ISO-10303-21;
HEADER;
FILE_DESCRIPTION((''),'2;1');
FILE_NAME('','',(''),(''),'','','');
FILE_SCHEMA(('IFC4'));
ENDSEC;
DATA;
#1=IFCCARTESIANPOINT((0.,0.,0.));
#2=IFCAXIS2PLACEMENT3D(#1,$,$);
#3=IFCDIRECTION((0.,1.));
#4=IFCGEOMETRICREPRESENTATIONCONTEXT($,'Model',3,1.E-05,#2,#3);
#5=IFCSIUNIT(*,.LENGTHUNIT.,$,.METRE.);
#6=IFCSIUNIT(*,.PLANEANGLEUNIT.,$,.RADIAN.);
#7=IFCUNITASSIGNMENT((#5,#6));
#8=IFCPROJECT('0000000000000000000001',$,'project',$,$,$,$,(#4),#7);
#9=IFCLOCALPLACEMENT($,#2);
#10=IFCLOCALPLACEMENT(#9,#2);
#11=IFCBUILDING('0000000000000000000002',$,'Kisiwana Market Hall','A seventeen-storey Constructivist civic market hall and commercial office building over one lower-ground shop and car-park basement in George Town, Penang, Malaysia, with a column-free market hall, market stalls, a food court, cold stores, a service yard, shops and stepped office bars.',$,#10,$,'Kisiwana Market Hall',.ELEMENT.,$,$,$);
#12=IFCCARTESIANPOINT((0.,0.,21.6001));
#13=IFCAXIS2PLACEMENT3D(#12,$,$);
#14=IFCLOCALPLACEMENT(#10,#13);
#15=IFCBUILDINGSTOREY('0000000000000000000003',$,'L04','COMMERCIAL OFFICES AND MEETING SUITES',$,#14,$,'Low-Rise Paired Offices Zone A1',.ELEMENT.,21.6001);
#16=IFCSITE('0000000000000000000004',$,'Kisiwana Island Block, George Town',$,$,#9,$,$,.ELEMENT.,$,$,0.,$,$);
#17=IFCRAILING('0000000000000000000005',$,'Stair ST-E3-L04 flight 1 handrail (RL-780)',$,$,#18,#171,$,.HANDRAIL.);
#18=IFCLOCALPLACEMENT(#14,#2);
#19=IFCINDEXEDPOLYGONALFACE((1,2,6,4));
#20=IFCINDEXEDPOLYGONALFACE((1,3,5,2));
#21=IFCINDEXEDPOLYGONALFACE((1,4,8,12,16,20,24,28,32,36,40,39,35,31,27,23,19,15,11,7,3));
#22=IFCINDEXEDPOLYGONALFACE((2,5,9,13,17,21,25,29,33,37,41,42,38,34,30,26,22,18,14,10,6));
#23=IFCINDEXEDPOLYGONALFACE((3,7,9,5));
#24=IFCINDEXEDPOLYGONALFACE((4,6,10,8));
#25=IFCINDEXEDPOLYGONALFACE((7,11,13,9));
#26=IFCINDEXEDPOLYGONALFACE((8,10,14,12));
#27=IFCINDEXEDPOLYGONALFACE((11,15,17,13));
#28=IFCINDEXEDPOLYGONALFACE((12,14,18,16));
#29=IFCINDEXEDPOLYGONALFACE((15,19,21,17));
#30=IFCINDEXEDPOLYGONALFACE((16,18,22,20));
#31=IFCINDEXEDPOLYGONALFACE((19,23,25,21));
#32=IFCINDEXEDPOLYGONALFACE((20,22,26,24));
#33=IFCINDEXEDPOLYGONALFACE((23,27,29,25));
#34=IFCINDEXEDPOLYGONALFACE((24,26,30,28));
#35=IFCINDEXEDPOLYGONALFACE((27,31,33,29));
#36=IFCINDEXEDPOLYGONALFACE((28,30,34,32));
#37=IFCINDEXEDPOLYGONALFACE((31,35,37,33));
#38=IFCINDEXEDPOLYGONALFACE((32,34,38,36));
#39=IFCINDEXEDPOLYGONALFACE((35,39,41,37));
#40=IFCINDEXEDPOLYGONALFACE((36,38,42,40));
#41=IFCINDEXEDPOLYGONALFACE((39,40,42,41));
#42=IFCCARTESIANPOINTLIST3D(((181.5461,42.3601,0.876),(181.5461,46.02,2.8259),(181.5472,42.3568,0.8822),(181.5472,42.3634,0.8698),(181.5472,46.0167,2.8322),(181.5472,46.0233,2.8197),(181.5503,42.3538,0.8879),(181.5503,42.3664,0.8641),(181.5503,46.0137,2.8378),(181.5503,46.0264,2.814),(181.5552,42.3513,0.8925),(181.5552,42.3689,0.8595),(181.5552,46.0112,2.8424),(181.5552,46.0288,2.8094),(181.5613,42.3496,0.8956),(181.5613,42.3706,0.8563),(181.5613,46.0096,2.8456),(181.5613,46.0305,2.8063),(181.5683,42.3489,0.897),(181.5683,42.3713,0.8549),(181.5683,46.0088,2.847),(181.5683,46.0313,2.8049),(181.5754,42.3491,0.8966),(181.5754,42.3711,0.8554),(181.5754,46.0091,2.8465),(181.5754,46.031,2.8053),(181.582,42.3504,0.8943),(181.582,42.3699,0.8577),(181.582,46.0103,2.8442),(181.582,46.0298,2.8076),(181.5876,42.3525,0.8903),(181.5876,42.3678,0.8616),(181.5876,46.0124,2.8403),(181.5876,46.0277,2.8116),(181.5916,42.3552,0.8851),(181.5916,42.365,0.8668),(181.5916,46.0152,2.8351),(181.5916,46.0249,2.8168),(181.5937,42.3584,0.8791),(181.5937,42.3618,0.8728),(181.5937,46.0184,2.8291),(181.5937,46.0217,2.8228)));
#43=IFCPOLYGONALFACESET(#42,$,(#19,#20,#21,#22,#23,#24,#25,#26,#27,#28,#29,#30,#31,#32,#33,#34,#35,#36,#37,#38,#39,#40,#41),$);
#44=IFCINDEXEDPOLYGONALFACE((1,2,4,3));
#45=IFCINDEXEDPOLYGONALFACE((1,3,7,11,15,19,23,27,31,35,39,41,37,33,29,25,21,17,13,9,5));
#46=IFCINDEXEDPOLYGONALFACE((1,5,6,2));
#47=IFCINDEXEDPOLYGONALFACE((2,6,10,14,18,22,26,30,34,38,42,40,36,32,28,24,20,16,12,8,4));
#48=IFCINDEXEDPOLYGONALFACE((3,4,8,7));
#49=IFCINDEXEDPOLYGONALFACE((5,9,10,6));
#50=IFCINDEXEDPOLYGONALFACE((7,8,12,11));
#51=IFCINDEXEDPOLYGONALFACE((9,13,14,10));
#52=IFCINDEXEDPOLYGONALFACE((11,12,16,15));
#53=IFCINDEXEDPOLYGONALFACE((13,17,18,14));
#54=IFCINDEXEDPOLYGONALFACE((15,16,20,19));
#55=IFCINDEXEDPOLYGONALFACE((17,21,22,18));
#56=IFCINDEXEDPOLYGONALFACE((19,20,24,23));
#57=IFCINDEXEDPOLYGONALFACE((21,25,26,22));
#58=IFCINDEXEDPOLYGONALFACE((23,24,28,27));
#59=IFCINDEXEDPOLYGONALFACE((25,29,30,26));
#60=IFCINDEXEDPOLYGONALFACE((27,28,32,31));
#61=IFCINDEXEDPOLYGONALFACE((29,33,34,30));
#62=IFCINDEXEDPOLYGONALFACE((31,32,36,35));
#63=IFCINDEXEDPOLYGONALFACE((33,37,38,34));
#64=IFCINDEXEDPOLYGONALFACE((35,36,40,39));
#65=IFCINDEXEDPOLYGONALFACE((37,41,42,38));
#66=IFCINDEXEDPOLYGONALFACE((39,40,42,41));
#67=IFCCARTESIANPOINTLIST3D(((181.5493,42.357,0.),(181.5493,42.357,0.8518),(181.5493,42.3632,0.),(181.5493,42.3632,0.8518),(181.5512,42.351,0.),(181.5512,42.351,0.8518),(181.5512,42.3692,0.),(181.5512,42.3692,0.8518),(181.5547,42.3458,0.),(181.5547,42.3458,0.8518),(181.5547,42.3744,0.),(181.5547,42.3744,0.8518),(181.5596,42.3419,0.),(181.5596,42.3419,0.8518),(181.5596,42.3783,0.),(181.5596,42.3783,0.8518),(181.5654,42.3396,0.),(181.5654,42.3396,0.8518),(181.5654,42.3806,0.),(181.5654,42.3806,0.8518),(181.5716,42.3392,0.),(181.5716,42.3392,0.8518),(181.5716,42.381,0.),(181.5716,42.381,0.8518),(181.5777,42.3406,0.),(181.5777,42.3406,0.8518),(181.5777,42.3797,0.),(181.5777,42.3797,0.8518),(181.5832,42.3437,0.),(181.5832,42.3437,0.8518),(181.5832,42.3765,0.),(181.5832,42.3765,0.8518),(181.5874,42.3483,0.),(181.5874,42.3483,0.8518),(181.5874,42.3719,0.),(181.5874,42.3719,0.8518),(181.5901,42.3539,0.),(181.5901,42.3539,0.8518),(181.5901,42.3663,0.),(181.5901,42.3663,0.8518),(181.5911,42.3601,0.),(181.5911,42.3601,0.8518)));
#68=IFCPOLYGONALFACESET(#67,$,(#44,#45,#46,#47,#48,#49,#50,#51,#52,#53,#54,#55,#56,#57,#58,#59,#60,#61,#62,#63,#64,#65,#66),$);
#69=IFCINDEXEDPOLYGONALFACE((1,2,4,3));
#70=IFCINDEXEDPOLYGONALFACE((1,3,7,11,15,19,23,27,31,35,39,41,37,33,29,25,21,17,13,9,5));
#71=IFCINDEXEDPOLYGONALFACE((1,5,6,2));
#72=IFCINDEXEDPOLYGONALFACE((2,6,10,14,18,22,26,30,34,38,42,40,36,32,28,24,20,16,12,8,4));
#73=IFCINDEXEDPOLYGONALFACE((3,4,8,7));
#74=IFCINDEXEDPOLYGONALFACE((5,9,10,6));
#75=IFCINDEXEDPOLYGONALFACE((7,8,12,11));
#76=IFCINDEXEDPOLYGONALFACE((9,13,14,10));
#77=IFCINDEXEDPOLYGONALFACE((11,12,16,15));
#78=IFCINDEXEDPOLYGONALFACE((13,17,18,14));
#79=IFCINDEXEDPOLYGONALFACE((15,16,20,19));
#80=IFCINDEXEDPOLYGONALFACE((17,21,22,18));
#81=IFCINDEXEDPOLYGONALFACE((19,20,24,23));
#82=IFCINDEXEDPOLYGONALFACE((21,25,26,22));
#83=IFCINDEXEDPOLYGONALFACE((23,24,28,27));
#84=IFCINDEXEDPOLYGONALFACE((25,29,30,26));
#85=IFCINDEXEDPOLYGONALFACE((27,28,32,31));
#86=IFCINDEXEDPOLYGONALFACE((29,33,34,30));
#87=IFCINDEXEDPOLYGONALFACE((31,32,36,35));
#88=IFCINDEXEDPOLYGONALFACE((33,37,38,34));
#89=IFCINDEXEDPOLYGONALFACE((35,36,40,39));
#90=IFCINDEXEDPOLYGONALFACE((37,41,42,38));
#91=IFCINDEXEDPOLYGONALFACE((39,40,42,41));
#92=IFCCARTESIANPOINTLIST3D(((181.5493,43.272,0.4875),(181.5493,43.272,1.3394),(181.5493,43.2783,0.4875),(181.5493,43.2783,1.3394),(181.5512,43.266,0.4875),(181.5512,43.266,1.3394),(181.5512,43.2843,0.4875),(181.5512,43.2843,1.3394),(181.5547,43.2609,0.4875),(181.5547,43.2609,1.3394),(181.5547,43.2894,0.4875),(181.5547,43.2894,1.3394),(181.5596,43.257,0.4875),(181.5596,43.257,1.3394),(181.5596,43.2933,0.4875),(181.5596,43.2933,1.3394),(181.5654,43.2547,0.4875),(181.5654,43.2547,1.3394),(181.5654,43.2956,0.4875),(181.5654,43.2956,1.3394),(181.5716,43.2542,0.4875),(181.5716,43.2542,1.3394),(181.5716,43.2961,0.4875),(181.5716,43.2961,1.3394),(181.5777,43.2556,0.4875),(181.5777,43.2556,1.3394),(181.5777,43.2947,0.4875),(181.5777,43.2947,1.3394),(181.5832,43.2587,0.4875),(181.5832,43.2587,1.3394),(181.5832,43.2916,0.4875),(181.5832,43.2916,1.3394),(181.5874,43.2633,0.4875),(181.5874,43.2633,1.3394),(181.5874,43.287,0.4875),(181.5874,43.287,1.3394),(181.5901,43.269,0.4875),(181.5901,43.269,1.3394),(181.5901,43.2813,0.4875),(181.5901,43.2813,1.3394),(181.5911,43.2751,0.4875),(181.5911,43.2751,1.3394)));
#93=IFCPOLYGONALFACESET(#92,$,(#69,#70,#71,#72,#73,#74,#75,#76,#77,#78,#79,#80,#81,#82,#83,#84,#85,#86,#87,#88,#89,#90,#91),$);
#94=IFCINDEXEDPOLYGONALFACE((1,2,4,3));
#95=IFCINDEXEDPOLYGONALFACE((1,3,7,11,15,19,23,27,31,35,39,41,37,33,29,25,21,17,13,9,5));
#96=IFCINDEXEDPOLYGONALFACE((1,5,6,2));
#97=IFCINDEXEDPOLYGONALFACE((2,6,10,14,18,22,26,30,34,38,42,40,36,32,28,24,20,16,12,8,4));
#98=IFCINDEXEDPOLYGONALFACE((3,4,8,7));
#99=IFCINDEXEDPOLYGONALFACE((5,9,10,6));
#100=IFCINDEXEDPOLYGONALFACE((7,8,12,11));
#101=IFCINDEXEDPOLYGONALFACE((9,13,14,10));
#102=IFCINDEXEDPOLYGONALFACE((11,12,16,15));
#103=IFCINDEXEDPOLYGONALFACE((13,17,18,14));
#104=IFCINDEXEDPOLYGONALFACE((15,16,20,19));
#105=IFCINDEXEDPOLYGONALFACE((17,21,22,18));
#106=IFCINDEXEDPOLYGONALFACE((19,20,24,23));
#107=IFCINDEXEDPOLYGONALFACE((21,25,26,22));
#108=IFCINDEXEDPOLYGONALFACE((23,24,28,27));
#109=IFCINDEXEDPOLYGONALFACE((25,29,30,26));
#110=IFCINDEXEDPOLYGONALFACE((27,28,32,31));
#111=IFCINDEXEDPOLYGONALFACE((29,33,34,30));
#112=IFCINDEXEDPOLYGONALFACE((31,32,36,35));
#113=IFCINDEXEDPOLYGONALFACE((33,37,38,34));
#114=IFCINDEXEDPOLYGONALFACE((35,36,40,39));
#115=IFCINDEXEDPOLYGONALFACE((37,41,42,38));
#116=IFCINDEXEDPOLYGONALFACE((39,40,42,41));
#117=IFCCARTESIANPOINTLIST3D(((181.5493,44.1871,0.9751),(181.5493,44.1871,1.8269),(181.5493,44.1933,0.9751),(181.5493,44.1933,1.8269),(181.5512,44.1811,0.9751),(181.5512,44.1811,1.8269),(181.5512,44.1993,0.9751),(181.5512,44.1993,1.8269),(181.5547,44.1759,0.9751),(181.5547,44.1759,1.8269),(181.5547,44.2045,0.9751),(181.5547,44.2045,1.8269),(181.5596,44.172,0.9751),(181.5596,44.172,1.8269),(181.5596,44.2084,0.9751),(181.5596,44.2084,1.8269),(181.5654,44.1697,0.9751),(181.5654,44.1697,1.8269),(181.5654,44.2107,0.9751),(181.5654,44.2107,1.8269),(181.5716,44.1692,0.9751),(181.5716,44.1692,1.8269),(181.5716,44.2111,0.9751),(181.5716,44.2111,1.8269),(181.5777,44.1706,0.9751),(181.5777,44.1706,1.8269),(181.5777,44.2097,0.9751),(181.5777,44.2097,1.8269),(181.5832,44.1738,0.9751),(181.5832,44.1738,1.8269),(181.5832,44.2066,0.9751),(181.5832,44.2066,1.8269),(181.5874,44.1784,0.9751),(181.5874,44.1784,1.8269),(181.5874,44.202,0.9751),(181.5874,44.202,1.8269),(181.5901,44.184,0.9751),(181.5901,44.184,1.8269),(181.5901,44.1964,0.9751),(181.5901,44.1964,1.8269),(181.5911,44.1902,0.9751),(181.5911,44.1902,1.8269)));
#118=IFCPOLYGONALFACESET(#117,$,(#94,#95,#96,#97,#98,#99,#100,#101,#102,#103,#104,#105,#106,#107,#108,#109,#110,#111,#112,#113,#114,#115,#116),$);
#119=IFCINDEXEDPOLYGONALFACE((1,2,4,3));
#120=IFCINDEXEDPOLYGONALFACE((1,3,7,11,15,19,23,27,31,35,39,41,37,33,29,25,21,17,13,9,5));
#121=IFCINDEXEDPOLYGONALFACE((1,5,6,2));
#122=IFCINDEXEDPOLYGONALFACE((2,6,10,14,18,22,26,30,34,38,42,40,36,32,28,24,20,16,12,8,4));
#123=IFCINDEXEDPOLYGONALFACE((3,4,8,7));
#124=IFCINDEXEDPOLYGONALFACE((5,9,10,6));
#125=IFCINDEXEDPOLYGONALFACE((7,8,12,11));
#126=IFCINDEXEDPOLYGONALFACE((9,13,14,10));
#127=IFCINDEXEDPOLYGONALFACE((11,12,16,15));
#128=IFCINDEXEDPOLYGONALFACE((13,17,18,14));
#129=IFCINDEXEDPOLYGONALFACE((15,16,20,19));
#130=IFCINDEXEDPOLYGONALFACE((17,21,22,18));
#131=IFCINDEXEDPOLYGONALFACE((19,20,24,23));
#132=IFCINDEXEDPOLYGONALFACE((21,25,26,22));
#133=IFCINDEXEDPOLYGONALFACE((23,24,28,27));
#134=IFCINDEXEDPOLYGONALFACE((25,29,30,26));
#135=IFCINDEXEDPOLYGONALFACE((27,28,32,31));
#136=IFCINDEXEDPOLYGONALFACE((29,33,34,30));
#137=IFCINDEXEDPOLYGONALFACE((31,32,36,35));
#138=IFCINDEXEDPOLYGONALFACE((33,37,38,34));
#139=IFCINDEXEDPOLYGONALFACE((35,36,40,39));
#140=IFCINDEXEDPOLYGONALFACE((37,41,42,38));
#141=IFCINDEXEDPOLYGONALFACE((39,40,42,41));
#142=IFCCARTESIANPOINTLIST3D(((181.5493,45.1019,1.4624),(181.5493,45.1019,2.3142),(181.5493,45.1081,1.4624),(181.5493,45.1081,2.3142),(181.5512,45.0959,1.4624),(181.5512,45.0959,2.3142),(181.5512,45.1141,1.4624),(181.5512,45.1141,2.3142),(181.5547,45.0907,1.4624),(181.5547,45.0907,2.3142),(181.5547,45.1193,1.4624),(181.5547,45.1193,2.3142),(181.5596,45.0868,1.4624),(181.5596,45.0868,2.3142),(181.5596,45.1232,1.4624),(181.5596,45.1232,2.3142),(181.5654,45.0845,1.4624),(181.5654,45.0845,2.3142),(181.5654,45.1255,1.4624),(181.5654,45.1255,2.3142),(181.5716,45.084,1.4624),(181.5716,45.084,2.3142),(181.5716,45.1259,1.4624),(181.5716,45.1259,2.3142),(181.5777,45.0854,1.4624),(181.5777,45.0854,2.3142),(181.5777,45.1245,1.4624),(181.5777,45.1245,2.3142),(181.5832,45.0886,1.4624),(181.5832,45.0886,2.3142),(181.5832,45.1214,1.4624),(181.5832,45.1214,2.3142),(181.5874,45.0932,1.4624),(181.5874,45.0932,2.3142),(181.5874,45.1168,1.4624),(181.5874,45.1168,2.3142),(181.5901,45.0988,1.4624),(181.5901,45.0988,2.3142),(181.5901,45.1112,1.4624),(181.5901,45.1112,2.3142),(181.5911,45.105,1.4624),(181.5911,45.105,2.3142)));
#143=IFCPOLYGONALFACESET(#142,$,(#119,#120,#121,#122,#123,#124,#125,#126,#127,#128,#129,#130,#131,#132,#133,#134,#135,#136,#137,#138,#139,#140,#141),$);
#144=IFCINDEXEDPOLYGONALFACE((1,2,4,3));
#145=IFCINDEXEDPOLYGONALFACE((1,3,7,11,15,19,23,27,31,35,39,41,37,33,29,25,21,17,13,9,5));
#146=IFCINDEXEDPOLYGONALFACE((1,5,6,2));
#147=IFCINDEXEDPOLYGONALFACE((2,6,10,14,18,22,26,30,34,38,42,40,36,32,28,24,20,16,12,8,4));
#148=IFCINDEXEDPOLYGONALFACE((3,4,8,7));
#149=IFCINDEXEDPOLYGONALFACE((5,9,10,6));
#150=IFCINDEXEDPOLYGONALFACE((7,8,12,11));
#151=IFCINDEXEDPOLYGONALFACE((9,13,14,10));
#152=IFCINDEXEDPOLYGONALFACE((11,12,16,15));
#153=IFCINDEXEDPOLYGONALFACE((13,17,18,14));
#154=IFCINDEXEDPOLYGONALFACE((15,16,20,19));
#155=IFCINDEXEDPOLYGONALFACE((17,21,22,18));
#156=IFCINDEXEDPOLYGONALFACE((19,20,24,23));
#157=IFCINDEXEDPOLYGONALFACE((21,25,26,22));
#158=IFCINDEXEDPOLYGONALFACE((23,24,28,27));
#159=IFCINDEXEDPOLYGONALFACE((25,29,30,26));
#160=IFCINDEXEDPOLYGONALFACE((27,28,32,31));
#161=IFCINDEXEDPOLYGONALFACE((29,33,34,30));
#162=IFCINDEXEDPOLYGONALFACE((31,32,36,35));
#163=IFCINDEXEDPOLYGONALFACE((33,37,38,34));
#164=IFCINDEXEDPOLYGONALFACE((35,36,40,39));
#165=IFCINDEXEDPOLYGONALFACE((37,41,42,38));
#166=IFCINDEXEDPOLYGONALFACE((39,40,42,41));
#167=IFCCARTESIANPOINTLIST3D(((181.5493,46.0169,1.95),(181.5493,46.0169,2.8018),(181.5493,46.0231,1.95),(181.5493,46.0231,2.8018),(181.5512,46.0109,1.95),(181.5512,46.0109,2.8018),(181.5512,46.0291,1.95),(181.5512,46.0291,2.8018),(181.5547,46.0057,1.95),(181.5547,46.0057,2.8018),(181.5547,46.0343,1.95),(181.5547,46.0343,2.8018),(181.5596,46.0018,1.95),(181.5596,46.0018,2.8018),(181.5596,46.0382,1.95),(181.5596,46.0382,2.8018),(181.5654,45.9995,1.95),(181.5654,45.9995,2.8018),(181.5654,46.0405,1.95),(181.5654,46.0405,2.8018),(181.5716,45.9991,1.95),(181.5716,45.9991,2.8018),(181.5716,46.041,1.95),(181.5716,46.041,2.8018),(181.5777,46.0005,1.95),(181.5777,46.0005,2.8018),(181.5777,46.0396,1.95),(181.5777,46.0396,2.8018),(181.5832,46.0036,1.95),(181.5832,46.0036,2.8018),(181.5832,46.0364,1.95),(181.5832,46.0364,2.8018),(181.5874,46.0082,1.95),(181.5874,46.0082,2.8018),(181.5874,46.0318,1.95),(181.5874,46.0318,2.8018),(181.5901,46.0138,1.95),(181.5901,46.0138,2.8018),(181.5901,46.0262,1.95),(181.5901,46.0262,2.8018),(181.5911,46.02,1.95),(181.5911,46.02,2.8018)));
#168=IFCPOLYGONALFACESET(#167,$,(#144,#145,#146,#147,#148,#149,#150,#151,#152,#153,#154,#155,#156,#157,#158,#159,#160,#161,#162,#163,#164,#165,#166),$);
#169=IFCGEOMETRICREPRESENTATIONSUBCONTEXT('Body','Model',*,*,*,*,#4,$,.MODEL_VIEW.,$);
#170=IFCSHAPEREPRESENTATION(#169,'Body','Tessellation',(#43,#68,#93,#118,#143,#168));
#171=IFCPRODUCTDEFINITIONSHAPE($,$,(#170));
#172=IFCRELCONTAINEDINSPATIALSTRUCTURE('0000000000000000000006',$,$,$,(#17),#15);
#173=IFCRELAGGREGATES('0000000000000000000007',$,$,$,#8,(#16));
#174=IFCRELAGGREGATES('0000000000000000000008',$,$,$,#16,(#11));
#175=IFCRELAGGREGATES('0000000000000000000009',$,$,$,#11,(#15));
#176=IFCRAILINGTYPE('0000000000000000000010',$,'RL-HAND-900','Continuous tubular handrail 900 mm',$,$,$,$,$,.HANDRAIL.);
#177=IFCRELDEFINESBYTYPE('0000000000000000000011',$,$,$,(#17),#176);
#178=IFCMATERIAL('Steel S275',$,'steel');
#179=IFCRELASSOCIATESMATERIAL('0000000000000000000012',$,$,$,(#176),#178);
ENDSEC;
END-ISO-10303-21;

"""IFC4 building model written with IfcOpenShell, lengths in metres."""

from ifc_helpers import new_model, si_unit, direction, frame, origin, origin_2d, place, context, subcontext, project, spatial, circle, extrude, material, type_object, element, save


model = new_model("IFC4")

# Units and contexts
model_context = context("Model", 3, precision=1e-05, world=origin(), true_north=direction((0.0, 1.0)))
body_context = subcontext(model_context, "Body", "Model", "MODEL_VIEW")
ifc_project = project(units=[si_unit("LENGTHUNIT", "METRE"), si_unit("PLANEANGLEUNIT", "RADIAN")], contexts=[model_context])

# Site, building, storey
site_placement = place(None, origin())
site = spatial("IfcSite", under=ifc_project, at=site_placement, Name="Kisiwana Island Block, George Town", CompositionType="ELEMENT", RefElevation=0.0)
building_placement = place(site_placement, origin())
building = spatial("IfcBuilding", under=site, at=building_placement, Name="Kisiwana Market Hall", Description="A seventeen-storey Constructivist civic market hall and commercial office building over one lower-ground shop and car-park basement in George Town, Penang, Malaysia, with a column-free market hall, market stalls, a food court, cold stores, a service yard, shops and stepped office bars.", LongName="Kisiwana Market Hall", CompositionType="ELEMENT")
storey_placement = place(building_placement, frame((0.0, 0.0, 21.6001)))
storey = spatial("IfcBuildingStorey", under=building, at=storey_placement, Name="L04", Description="COMMERCIAL OFFICES AND MEETING SUITES", LongName="Low-Rise Paired Offices Zone A1", CompositionType="ELEMENT", Elevation=21.6001)

# Railing
ifc_material_1 = material(Name="Steel S275", Category="steel")
railing_type_1 = type_object("IfcRailingType", Name="RL-HAND-900", Description="Continuous tubular handrail 900 mm", PredefinedType="HANDRAIL", material=ifc_material_1)
railing_1_placement = place(storey_placement, frame((181.5701, 42.3601, 0.0)))
element("IfcRailing", 1, at=railing_1_placement, inside=storey, type_object=railing_type_1, Name="Stair ST-E3-L04 flight 1 handrail (RL-780)", PredefinedType="HANDRAIL", context=body_context, shape_type="SweptSolid", body=[
    extrude(circle(Radius=0.0239, at=origin_2d()), frame((0.0, 0.0, 0.876), z_axis=(0.0, 0.882553, 0.470212), x_axis=(-1.0, 0.0, 0.0)), (0.0, 0.0, 1.0), 4.147),
    extrude(circle(Radius=0.021, at=origin_2d()), origin(), (0.0, 0.0, 1.0), 0.8518),
    extrude(circle(Radius=0.021, at=origin_2d()), frame((0.0, 0.915, 0.4875)), (0.0, 0.0, 1.0), 0.8518),
    extrude(circle(Radius=0.021, at=origin_2d()), frame((0.0, 1.8301, 0.9751)), (0.0, 0.0, 1.0), 0.8518),
    extrude(circle(Radius=0.021, at=origin_2d()), frame((0.0, 2.7449, 1.4624)), (0.0, 0.0, 1.0), 0.8518),
    extrude(circle(Radius=0.021, at=origin_2d()), frame((0.0, 3.6599, 1.95)), (0.0, 0.0, 1.0), 0.8518),
])

save(model, "model.ifc")
